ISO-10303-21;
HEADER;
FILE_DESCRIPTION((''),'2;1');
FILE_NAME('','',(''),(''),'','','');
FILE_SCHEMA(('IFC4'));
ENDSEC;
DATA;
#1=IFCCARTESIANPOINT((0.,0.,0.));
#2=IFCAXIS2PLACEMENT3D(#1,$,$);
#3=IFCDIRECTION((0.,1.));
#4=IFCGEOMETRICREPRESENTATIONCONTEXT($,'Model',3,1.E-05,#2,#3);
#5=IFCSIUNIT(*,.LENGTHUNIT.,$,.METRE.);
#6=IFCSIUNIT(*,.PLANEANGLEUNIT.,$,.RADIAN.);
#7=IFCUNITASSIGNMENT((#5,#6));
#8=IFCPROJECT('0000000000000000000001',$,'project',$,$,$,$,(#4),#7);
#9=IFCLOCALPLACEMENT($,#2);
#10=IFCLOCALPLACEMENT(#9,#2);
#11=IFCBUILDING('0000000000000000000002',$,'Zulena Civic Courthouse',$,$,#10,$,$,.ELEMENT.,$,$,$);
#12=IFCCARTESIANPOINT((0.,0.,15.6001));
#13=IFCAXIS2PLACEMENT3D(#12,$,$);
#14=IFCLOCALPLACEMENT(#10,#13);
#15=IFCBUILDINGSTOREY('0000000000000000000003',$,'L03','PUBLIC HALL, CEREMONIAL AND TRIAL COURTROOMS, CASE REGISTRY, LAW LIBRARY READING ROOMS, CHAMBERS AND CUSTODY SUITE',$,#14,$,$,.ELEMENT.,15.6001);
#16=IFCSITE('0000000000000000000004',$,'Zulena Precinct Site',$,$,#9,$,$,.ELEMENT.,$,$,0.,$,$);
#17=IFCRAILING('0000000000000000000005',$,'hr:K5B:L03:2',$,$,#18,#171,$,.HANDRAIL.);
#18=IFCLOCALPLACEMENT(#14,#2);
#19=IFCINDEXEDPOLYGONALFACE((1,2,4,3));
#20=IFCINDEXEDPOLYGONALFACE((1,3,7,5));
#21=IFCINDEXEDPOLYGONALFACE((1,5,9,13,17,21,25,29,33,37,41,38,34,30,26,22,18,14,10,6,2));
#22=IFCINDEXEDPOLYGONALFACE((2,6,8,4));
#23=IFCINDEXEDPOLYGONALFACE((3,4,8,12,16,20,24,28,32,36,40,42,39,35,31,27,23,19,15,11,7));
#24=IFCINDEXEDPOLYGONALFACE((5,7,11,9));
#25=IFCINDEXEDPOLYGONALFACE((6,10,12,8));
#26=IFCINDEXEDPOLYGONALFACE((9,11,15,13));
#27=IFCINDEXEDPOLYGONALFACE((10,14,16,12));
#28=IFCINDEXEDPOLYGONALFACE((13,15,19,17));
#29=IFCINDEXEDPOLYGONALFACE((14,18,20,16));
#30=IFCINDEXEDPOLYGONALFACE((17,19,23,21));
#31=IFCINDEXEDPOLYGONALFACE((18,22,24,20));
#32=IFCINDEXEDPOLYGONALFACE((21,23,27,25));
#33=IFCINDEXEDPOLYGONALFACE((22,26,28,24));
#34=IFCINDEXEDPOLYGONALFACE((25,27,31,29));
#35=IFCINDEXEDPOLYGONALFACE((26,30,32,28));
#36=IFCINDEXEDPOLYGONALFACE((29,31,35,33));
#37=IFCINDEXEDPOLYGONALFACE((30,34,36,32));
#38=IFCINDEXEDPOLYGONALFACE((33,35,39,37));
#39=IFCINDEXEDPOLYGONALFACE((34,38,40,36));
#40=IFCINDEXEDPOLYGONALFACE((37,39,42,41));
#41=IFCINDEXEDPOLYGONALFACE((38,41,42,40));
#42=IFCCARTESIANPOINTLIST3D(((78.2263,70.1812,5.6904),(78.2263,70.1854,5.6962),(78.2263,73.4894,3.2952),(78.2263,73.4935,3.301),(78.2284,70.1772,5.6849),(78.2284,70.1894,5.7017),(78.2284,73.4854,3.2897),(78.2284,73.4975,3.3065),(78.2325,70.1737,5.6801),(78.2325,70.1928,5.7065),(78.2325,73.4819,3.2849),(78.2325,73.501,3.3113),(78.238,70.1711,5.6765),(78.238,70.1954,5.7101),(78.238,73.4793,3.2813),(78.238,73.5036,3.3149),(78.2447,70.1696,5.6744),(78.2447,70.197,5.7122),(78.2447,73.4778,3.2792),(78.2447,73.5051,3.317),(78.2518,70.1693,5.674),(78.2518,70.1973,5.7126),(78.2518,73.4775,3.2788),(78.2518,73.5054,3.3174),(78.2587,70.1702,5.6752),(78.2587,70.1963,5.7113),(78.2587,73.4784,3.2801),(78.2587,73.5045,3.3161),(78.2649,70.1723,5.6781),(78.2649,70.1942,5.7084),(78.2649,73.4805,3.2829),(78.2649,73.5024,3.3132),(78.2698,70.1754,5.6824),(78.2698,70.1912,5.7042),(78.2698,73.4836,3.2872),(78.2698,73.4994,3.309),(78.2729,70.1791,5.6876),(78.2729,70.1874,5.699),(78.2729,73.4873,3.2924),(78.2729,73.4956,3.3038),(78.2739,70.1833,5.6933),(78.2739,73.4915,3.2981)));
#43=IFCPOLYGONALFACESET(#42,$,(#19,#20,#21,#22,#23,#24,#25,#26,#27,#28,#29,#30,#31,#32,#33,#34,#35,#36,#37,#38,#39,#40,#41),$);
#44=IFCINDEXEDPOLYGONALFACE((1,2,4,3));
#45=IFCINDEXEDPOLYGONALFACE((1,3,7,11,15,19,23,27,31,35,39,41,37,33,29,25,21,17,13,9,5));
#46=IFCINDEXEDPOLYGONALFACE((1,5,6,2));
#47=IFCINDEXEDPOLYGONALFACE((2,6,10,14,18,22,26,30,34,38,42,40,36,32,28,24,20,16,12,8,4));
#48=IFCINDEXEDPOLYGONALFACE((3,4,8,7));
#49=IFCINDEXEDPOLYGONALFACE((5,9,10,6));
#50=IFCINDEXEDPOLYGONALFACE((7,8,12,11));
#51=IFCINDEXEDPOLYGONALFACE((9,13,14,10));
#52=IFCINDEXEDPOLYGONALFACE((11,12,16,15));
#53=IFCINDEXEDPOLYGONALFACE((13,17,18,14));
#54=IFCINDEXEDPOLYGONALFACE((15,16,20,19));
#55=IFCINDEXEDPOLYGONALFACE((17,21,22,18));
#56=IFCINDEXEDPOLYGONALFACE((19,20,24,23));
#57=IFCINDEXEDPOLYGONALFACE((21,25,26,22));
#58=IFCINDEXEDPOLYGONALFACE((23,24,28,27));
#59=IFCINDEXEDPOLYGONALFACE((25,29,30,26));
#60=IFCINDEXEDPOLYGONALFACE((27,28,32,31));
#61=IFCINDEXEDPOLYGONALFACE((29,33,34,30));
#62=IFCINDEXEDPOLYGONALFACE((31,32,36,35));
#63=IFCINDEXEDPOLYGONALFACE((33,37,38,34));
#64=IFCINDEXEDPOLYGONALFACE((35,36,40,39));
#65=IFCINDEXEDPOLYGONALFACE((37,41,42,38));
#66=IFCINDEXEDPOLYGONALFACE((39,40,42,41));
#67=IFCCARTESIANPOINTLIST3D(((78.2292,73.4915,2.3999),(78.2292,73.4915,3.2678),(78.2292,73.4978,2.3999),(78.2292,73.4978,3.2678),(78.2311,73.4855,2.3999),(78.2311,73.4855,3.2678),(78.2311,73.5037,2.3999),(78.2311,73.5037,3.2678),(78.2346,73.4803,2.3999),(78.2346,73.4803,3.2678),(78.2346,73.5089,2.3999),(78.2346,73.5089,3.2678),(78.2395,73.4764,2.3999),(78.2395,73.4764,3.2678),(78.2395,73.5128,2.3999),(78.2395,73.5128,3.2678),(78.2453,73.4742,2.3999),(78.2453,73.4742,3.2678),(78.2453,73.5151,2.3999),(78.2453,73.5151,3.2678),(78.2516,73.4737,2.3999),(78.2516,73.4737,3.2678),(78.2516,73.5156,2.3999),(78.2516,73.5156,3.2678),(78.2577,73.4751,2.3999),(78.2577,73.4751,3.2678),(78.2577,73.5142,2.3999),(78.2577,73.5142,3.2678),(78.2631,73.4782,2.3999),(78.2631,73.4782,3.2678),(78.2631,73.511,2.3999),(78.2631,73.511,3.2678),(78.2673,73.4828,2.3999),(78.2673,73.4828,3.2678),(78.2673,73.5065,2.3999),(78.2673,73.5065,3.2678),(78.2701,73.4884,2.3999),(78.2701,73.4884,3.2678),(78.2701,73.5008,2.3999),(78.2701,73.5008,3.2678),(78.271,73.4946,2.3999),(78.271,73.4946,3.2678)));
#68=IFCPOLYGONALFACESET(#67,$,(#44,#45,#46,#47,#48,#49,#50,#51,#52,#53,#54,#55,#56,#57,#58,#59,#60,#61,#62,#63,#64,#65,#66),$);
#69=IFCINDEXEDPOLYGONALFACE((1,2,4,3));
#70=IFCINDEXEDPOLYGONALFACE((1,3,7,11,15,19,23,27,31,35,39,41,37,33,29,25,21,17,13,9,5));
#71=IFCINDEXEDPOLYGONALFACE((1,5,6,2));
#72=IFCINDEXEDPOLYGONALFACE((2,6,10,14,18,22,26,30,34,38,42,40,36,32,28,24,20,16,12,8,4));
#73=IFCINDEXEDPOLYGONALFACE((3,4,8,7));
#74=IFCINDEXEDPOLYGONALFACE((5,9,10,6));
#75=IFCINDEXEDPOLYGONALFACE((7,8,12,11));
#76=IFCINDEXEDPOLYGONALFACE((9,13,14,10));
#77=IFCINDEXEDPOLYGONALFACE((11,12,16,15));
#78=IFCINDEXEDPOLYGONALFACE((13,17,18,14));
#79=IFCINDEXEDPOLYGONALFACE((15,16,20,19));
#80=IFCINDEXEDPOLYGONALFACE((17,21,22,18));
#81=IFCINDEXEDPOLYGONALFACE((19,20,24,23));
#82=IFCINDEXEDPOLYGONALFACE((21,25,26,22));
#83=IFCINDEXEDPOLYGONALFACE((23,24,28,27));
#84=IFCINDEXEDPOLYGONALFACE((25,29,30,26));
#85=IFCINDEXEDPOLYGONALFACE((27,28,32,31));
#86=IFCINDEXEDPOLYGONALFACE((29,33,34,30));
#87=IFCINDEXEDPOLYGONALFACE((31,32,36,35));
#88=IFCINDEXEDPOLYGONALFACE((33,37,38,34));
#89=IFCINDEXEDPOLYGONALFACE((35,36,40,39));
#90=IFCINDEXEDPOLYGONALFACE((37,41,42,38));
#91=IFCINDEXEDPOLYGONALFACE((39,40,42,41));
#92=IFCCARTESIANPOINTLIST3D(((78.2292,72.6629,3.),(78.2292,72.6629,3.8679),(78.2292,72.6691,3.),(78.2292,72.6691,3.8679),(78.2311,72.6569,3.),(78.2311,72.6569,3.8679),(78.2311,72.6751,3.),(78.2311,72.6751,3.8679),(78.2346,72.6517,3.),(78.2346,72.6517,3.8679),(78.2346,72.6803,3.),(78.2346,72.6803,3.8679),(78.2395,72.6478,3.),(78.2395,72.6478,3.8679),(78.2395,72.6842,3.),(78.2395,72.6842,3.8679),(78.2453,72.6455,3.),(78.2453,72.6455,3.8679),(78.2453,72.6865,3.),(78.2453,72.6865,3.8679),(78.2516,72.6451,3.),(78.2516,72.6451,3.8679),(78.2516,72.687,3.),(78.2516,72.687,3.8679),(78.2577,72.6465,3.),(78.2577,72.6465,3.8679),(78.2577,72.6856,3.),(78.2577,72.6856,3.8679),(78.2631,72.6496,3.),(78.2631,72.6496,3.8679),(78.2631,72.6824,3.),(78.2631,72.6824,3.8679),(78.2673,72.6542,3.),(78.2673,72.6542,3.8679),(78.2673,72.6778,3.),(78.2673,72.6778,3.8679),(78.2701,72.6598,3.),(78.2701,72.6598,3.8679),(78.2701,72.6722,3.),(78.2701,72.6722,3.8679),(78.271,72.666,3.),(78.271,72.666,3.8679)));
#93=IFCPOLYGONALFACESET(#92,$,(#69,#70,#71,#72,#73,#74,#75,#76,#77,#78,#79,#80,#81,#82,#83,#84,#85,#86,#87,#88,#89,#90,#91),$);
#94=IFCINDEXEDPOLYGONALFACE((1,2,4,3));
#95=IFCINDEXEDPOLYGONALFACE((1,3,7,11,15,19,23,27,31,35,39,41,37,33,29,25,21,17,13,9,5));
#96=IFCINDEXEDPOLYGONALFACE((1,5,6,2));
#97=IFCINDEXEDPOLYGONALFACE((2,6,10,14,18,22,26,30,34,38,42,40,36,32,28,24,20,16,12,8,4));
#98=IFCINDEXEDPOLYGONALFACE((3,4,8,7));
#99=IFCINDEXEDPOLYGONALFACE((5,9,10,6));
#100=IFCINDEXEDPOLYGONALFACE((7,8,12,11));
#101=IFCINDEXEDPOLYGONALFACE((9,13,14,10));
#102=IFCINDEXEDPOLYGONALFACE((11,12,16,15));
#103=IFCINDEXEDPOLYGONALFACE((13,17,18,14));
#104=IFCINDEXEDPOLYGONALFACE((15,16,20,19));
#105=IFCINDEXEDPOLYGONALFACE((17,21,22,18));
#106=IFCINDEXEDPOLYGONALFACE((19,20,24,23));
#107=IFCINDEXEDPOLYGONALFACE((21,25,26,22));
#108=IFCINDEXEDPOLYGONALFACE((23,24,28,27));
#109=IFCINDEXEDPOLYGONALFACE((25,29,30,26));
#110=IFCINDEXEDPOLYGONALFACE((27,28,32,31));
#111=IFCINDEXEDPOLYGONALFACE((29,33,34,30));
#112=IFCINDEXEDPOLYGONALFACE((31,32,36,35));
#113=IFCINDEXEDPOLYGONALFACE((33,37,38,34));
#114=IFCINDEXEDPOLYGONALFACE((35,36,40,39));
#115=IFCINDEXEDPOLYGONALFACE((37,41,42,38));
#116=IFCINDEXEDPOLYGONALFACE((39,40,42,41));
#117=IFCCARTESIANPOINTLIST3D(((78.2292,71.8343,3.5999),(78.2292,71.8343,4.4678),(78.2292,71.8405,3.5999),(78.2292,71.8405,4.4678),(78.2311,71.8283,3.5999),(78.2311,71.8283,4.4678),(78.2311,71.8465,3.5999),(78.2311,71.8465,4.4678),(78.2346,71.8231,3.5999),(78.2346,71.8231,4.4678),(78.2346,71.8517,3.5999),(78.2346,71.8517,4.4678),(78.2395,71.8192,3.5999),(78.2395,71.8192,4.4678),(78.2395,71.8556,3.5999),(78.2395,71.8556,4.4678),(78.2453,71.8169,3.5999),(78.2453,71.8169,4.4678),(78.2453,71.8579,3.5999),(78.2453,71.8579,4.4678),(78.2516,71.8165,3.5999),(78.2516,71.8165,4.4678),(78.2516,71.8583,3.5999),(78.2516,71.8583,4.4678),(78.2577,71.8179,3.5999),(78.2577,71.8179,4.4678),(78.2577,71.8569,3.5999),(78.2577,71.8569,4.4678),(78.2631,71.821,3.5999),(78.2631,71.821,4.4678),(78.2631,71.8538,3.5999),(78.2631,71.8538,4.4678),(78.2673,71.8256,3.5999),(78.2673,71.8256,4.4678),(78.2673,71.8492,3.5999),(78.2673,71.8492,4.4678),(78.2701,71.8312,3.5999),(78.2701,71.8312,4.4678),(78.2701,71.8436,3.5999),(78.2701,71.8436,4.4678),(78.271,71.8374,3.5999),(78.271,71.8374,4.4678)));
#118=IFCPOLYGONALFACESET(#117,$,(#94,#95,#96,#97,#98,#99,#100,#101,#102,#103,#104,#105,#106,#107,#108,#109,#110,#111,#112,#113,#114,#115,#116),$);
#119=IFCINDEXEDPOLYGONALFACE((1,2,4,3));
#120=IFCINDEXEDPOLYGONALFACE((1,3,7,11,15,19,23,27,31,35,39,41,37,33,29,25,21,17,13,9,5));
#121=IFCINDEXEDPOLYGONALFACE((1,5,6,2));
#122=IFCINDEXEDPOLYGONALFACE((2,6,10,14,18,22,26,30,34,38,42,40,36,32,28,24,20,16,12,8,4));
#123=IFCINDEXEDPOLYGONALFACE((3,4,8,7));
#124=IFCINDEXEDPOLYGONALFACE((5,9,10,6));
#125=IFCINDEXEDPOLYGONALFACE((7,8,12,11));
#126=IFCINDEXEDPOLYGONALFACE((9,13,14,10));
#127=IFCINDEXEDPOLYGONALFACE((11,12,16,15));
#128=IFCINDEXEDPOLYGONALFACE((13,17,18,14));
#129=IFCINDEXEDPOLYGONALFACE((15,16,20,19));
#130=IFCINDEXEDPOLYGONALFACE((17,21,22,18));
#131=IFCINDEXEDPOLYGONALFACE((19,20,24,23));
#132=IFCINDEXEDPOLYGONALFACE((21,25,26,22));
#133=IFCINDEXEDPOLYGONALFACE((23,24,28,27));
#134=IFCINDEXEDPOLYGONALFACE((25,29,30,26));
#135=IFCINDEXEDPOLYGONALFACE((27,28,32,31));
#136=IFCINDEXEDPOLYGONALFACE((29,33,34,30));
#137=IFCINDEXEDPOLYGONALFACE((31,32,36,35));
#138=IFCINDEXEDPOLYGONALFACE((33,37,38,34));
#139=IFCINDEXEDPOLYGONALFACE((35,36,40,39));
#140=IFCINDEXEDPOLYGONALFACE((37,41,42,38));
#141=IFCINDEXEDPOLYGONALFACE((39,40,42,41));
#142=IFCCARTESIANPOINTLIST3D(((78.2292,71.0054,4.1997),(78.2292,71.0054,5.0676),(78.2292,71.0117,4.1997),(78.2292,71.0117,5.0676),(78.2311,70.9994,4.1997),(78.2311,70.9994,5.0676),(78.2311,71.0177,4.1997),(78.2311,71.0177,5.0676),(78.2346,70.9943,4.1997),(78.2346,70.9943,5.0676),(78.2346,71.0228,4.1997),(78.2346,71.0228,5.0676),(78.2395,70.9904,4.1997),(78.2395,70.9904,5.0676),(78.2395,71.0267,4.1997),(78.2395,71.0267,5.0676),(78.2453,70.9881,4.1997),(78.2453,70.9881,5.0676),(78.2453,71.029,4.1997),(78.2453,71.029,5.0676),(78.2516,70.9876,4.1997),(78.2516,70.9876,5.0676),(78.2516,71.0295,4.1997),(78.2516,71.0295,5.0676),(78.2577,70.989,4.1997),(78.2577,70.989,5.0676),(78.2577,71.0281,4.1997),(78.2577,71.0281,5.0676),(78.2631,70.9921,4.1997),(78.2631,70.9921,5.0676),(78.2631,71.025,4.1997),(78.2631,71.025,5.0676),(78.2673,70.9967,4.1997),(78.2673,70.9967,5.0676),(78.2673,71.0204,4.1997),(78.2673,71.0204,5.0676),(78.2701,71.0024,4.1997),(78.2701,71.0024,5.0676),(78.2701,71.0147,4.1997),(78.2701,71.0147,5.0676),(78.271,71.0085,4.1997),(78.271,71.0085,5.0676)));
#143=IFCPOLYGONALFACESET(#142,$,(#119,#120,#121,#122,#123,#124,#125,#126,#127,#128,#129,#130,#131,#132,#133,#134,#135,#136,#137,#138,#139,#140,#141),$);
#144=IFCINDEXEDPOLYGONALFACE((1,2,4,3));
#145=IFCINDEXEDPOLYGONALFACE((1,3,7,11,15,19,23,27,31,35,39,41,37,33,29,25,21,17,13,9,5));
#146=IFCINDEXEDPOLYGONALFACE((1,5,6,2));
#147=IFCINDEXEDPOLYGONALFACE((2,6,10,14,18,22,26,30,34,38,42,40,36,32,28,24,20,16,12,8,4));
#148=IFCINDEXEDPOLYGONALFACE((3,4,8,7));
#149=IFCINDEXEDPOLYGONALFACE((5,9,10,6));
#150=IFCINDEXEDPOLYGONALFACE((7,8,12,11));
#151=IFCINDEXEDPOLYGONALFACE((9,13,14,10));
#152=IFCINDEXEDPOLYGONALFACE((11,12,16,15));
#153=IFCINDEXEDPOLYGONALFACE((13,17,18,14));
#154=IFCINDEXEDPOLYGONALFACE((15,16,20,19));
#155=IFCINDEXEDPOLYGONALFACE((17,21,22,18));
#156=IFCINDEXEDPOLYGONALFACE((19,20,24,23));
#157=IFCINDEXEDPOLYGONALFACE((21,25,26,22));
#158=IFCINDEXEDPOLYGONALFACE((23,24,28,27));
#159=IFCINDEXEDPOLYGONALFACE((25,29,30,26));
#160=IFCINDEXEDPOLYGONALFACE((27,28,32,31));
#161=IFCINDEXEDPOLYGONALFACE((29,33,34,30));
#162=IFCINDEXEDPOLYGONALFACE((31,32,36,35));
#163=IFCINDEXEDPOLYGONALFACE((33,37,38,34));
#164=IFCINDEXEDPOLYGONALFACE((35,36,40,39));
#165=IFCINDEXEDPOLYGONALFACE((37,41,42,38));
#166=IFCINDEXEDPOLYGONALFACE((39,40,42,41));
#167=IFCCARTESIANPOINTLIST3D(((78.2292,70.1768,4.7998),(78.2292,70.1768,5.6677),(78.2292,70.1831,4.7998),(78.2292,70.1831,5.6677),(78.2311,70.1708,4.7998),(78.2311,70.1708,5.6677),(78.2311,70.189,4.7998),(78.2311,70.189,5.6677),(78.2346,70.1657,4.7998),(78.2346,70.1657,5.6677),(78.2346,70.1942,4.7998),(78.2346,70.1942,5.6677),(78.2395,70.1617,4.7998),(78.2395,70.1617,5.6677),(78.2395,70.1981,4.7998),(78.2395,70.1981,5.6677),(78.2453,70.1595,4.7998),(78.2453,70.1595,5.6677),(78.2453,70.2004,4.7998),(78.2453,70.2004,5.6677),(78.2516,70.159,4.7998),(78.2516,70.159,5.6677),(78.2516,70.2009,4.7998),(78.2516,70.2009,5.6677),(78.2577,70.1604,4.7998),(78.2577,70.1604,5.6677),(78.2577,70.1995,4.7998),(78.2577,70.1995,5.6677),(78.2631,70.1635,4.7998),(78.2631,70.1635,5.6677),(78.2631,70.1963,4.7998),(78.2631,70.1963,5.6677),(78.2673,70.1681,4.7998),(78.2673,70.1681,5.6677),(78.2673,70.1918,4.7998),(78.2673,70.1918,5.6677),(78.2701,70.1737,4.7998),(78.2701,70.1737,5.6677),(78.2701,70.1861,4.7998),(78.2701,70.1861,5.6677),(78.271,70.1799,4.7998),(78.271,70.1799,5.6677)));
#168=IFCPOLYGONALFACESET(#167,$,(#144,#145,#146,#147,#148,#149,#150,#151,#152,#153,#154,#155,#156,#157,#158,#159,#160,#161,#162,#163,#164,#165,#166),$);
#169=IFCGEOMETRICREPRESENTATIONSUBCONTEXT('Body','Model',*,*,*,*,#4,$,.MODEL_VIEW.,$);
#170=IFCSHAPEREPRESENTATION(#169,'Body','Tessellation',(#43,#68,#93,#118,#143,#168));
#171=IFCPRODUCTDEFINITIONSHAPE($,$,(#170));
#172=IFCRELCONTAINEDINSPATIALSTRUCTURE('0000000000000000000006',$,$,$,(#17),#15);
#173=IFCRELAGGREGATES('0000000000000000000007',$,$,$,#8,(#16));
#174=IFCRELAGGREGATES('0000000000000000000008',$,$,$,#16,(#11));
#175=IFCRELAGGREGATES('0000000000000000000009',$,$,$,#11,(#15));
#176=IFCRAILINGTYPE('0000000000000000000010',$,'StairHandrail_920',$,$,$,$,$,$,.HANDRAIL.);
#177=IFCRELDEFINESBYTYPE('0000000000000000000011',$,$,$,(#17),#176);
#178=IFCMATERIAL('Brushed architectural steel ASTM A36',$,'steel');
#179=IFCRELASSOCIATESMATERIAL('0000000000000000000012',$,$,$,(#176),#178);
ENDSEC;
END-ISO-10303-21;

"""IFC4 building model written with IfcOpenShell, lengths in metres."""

from ifc_helpers import new_model, si_unit, direction, frame, origin, origin_2d, place, context, subcontext, project, spatial, circle, extrude, material, type_object, element, save


model = new_model("IFC4")

# Units and contexts
model_context = context("Model", 3, precision=1e-05, world=origin(), true_north=direction((0.0, 1.0)))
body_context = subcontext(model_context, "Body", "Model", "MODEL_VIEW")
ifc_project = project(units=[si_unit("LENGTHUNIT", "METRE"), si_unit("PLANEANGLEUNIT", "RADIAN")], contexts=[model_context])

# Site, building, storey
site_placement = place(None, origin())
site = spatial("IfcSite", under=ifc_project, at=site_placement, Name="Zulena Precinct Site", CompositionType="ELEMENT", RefElevation=0.0)
building_placement = place(site_placement, origin())
building = spatial("IfcBuilding", under=site, at=building_placement, Name="Zulena Civic Courthouse", CompositionType="ELEMENT")
storey_placement = place(building_placement, frame((0.0, 0.0, 15.6001)))
storey = spatial("IfcBuildingStorey", under=building, at=storey_placement, Name="L03", Description="PUBLIC HALL, CEREMONIAL AND TRIAL COURTROOMS, CASE REGISTRY, LAW LIBRARY READING ROOMS, CHAMBERS AND CUSTODY SUITE", CompositionType="ELEMENT", Elevation=15.6001)

# Railing
ifc_material_1 = material(Name="Brushed architectural steel ASTM A36", Category="steel")
railing_type_1 = type_object("IfcRailingType", Name="StairHandrail_920", PredefinedType="HANDRAIL", material=ifc_material_1)
railing_1_placement = place(storey_placement, frame((78.25, 73.4946, 2.3999)))
element("IfcRailing", 1, at=railing_1_placement, inside=storey, type_object=railing_type_1, Name="hr:K5B:L03:2", PredefinedType="HANDRAIL", context=body_context, shape_type="SweptSolid", body=[
    extrude(circle(Radius=0.0239, at=origin_2d()), frame((0.0, -0.0032, 0.8982), z_axis=(0.0, -0.809988, 0.586446), x_axis=(1.0, 0.0, 0.0)), (0.0, 0.0, 1.0), 4.0842),
    extrude(circle(Radius=0.021, at=origin_2d()), origin(), (0.0, 0.0, 1.0), 0.8679),
    extrude(circle(Radius=0.021, at=origin_2d()), frame((0.0, -0.8286, 0.6001)), (0.0, 0.0, 1.0), 0.8679),
    extrude(circle(Radius=0.021, at=origin_2d()), frame((0.0, -1.6572, 1.2)), (0.0, 0.0, 1.0), 0.8679),
    extrude(circle(Radius=0.021, at=origin_2d()), frame((0.0, -2.4861, 1.7998)), (0.0, 0.0, 1.0), 0.8679),
    extrude(circle(Radius=0.021, at=origin_2d()), frame((0.0, -3.3147, 2.3999)), (0.0, 0.0, 1.0), 0.8679),
])

save(model, "model.ifc")
